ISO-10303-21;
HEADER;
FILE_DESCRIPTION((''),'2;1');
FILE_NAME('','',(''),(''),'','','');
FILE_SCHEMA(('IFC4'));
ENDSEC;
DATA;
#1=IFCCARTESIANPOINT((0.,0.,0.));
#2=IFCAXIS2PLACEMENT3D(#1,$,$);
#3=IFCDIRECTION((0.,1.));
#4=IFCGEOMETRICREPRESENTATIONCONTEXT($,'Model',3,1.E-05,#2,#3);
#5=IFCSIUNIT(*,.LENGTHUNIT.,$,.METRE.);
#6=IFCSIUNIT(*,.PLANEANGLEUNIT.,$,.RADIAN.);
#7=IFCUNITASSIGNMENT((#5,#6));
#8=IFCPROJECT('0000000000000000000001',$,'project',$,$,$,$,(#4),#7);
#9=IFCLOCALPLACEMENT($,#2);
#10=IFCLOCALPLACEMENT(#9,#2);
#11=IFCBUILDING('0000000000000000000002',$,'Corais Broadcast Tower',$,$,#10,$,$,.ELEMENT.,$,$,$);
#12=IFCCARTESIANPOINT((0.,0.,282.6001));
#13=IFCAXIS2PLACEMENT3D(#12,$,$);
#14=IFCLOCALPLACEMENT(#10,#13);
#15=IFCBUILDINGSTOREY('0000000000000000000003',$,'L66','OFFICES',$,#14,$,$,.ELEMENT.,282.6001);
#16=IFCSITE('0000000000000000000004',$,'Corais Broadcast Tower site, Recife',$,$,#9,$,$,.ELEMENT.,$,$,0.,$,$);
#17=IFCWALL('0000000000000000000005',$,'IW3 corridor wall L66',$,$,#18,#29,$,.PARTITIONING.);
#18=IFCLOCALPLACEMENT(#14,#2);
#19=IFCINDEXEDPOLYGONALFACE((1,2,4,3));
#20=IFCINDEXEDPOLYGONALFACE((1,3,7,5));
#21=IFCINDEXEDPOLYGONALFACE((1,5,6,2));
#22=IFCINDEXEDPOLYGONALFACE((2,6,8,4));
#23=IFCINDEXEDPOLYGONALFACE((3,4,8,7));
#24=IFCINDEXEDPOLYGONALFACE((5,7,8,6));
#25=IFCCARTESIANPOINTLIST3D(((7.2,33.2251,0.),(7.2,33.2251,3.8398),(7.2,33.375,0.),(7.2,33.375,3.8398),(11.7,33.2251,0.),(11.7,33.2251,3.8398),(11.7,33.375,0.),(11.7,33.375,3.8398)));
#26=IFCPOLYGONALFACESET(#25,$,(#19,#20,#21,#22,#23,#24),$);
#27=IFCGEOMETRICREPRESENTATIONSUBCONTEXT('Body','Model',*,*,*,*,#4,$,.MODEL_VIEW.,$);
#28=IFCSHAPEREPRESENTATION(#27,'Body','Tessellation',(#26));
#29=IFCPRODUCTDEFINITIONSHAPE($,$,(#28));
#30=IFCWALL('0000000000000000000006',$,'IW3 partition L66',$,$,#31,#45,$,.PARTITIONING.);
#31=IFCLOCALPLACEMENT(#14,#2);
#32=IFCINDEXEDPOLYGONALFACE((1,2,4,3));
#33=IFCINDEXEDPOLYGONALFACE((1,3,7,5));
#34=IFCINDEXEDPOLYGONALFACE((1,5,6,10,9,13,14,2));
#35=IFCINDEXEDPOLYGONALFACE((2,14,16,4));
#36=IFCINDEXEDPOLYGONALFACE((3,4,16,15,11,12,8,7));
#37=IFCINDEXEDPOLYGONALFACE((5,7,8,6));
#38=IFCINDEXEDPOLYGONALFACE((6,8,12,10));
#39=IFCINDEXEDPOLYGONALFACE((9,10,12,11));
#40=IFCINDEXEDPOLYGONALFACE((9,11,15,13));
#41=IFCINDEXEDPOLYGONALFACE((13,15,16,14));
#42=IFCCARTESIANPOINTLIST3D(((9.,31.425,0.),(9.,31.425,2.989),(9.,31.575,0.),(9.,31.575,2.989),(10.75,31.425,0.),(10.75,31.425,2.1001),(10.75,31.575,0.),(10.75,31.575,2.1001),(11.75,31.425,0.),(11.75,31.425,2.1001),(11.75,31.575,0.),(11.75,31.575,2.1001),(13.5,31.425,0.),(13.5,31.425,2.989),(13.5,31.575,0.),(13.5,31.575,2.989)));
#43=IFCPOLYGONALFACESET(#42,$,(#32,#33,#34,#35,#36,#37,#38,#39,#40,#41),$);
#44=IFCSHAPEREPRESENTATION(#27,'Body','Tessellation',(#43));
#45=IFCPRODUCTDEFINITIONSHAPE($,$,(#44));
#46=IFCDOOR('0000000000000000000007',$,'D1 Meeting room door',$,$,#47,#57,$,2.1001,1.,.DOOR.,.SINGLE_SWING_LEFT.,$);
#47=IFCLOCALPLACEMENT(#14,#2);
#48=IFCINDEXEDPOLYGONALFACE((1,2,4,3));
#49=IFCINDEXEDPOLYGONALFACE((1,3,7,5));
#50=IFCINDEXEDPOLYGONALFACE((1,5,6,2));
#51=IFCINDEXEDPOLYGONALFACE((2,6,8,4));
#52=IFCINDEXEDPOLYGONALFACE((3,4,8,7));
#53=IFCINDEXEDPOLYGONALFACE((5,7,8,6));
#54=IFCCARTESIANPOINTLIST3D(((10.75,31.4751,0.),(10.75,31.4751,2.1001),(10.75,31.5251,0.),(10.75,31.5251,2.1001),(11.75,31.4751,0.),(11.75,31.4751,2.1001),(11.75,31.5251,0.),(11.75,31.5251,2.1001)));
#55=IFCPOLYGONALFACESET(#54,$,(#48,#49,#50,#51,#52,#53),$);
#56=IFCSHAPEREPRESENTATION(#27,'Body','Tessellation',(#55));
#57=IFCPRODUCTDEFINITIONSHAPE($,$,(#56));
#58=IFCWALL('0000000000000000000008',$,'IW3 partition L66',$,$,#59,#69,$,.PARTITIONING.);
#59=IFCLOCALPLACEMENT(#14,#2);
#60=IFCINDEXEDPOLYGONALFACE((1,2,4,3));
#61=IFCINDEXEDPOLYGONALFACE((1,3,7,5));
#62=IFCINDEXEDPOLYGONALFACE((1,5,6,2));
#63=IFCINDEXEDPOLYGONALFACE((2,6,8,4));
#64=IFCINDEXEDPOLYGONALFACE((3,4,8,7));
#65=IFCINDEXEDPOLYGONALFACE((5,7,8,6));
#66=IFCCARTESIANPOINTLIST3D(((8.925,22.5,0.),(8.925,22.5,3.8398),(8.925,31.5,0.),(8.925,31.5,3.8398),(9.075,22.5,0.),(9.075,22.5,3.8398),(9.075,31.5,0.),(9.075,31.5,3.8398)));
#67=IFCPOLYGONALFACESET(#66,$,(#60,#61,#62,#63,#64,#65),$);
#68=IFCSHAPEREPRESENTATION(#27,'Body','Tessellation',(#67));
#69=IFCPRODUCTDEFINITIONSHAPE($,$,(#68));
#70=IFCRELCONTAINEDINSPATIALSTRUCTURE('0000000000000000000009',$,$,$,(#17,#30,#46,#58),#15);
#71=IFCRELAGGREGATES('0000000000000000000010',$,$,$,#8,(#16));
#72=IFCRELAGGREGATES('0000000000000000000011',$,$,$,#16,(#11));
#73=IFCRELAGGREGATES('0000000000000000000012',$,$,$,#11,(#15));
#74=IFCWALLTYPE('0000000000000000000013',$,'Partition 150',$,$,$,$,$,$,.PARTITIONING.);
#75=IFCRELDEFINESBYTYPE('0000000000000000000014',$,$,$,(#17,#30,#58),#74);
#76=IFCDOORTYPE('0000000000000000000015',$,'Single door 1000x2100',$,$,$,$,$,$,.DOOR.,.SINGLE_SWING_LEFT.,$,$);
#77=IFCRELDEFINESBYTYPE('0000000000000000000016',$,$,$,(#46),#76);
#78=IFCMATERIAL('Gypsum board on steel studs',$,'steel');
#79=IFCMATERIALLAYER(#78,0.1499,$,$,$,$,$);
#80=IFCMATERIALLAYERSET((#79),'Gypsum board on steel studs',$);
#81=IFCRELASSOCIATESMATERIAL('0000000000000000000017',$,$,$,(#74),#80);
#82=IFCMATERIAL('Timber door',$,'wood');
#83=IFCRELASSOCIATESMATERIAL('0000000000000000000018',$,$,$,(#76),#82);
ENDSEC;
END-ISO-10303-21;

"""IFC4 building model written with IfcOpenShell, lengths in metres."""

from ifc_helpers import new_model, si_unit, direction, frame, frame_2d, origin, place, context, subcontext, project, spatial, rectangle, extrude, material, layer, layer_set, type_object, element, fill, save


model = new_model("IFC4")

# Units and contexts
model_context = context("Model", 3, precision=1e-05, world=origin(), true_north=direction((0.0, 1.0)))
body_context = subcontext(model_context, "Body", "Model", "MODEL_VIEW")
ifc_project = project(units=[si_unit("LENGTHUNIT", "METRE"), si_unit("PLANEANGLEUNIT", "RADIAN")], contexts=[model_context])

# Site, building, storey
site_placement = place(None, origin())
site = spatial("IfcSite", under=ifc_project, at=site_placement, Name="Corais Broadcast Tower site, Recife", CompositionType="ELEMENT", RefElevation=0.0)
building_placement = place(site_placement, origin())
building = spatial("IfcBuilding", under=site, at=building_placement, Name="Corais Broadcast Tower", CompositionType="ELEMENT")
storey_placement = place(building_placement, frame((0.0, 0.0, 282.6001)))
storey = spatial("IfcBuildingStorey", under=building, at=storey_placement, Name="L66", Description="OFFICES", CompositionType="ELEMENT", Elevation=282.6001)

# Shared definitions
ifc_material_1 = material(Name="Gypsum board on steel studs", Category="steel")
ifc_layer_1 = layer(ifc_material_1, 0.1499)
ifc_layer_set_1 = layer_set([ifc_layer_1], Name="Gypsum board on steel studs")
wall_type_1 = type_object("IfcWallType", Name="Partition 150", PredefinedType="PARTITIONING", material=ifc_layer_set_1)
ifc_material_2 = material(Name="Timber door", Category="wood")
door_type_1 = type_object("IfcDoorType", Name="Single door 1000x2100", OperationType="SINGLE_SWING_LEFT", PredefinedType="DOOR", material=ifc_material_2)

# Wall
wall_1_placement = place(storey_placement, frame((11.7, 33.3, 0.0), z_axis=(0.0, 0.0, 1.0), x_axis=(-1.0, 0.0, 0.0)))
element("IfcWall", 1, at=wall_1_placement, inside=storey, type_object=wall_type_1, Name="IW3 corridor wall L66", PredefinedType="PARTITIONING", context=body_context, shape_type="SweptSolid", body=[
    extrude(rectangle(XDim=4.5, YDim=0.1499, at=frame_2d((2.25, 0.0))), origin(), (0.0, 0.0, 1.0), 3.8398),
])

# Wall, opening, door
wall_2_placement = place(storey_placement, frame((13.5, 31.5, 0.0), z_axis=(0.0, 0.0, 1.0), x_axis=(-1.0, 0.0, 0.0)))
wall_2 = element("IfcWall", 2, at=wall_2_placement, inside=storey, type_object=wall_type_1, Name="IW3 partition L66", PredefinedType="PARTITIONING", context=body_context, shape_type="SweptSolid", body=[
    extrude(rectangle(XDim=4.5, YDim=0.1499, at=frame_2d((2.25, 0.0))), origin(), (0.0, 0.0, 1.0), 2.989),
])
opening_1_placement = place(wall_2_placement, frame((1.75, 0.0, 0.0)))
opening_1 = element("IfcOpeningElement", 3, at=opening_1_placement, cuts=wall_2, PredefinedType="OPENING", context=body_context, shape_type="SweptSolid", body=[
    extrude(rectangle(XDim=1.0, YDim=2.1001, at=frame_2d((0.5, 1.05))), frame((0.0, 0.085, 0.0), z_axis=(0.0, -1.0, 0.0), x_axis=(1.0, 0.0, 0.0)), (0.0, 0.0, 1.0), 0.1699),
])
door_1_placement = place(opening_1_placement, origin())
door_1 = element("IfcDoor", 4, at=door_1_placement, inside=storey, type_object=door_type_1, Name="D1 Meeting room door", OperationType="SINGLE_SWING_LEFT", OverallHeight=2.1001, OverallWidth=1.0, PredefinedType="DOOR", context=body_context, shape_type="SweptSolid", body=[
    extrude(rectangle(XDim=1.0, YDim=2.1001, at=frame_2d((0.5, 1.05))), frame((0.0, 0.0249, 0.0), z_axis=(0.0, -1.0, 0.0), x_axis=(1.0, 0.0, 0.0)), (0.0, 0.0, 1.0), 0.05),
])
fill(opening_1, door_1)

# Wall
wall_3_placement = place(storey_placement, frame((9.0, 31.5, 0.0), z_axis=(0.0, 0.0, 1.0), x_axis=(0.0, -1.0, 0.0)))
element("IfcWall", 5, at=wall_3_placement, inside=storey, type_object=wall_type_1, Name="IW3 partition L66", PredefinedType="PARTITIONING", context=body_context, shape_type="SweptSolid", body=[
    extrude(rectangle(XDim=9.0, YDim=0.1499, at=frame_2d((4.5, 0.0))), origin(), (0.0, 0.0, 1.0), 3.8398),
])

save(model, "model.ifc")
